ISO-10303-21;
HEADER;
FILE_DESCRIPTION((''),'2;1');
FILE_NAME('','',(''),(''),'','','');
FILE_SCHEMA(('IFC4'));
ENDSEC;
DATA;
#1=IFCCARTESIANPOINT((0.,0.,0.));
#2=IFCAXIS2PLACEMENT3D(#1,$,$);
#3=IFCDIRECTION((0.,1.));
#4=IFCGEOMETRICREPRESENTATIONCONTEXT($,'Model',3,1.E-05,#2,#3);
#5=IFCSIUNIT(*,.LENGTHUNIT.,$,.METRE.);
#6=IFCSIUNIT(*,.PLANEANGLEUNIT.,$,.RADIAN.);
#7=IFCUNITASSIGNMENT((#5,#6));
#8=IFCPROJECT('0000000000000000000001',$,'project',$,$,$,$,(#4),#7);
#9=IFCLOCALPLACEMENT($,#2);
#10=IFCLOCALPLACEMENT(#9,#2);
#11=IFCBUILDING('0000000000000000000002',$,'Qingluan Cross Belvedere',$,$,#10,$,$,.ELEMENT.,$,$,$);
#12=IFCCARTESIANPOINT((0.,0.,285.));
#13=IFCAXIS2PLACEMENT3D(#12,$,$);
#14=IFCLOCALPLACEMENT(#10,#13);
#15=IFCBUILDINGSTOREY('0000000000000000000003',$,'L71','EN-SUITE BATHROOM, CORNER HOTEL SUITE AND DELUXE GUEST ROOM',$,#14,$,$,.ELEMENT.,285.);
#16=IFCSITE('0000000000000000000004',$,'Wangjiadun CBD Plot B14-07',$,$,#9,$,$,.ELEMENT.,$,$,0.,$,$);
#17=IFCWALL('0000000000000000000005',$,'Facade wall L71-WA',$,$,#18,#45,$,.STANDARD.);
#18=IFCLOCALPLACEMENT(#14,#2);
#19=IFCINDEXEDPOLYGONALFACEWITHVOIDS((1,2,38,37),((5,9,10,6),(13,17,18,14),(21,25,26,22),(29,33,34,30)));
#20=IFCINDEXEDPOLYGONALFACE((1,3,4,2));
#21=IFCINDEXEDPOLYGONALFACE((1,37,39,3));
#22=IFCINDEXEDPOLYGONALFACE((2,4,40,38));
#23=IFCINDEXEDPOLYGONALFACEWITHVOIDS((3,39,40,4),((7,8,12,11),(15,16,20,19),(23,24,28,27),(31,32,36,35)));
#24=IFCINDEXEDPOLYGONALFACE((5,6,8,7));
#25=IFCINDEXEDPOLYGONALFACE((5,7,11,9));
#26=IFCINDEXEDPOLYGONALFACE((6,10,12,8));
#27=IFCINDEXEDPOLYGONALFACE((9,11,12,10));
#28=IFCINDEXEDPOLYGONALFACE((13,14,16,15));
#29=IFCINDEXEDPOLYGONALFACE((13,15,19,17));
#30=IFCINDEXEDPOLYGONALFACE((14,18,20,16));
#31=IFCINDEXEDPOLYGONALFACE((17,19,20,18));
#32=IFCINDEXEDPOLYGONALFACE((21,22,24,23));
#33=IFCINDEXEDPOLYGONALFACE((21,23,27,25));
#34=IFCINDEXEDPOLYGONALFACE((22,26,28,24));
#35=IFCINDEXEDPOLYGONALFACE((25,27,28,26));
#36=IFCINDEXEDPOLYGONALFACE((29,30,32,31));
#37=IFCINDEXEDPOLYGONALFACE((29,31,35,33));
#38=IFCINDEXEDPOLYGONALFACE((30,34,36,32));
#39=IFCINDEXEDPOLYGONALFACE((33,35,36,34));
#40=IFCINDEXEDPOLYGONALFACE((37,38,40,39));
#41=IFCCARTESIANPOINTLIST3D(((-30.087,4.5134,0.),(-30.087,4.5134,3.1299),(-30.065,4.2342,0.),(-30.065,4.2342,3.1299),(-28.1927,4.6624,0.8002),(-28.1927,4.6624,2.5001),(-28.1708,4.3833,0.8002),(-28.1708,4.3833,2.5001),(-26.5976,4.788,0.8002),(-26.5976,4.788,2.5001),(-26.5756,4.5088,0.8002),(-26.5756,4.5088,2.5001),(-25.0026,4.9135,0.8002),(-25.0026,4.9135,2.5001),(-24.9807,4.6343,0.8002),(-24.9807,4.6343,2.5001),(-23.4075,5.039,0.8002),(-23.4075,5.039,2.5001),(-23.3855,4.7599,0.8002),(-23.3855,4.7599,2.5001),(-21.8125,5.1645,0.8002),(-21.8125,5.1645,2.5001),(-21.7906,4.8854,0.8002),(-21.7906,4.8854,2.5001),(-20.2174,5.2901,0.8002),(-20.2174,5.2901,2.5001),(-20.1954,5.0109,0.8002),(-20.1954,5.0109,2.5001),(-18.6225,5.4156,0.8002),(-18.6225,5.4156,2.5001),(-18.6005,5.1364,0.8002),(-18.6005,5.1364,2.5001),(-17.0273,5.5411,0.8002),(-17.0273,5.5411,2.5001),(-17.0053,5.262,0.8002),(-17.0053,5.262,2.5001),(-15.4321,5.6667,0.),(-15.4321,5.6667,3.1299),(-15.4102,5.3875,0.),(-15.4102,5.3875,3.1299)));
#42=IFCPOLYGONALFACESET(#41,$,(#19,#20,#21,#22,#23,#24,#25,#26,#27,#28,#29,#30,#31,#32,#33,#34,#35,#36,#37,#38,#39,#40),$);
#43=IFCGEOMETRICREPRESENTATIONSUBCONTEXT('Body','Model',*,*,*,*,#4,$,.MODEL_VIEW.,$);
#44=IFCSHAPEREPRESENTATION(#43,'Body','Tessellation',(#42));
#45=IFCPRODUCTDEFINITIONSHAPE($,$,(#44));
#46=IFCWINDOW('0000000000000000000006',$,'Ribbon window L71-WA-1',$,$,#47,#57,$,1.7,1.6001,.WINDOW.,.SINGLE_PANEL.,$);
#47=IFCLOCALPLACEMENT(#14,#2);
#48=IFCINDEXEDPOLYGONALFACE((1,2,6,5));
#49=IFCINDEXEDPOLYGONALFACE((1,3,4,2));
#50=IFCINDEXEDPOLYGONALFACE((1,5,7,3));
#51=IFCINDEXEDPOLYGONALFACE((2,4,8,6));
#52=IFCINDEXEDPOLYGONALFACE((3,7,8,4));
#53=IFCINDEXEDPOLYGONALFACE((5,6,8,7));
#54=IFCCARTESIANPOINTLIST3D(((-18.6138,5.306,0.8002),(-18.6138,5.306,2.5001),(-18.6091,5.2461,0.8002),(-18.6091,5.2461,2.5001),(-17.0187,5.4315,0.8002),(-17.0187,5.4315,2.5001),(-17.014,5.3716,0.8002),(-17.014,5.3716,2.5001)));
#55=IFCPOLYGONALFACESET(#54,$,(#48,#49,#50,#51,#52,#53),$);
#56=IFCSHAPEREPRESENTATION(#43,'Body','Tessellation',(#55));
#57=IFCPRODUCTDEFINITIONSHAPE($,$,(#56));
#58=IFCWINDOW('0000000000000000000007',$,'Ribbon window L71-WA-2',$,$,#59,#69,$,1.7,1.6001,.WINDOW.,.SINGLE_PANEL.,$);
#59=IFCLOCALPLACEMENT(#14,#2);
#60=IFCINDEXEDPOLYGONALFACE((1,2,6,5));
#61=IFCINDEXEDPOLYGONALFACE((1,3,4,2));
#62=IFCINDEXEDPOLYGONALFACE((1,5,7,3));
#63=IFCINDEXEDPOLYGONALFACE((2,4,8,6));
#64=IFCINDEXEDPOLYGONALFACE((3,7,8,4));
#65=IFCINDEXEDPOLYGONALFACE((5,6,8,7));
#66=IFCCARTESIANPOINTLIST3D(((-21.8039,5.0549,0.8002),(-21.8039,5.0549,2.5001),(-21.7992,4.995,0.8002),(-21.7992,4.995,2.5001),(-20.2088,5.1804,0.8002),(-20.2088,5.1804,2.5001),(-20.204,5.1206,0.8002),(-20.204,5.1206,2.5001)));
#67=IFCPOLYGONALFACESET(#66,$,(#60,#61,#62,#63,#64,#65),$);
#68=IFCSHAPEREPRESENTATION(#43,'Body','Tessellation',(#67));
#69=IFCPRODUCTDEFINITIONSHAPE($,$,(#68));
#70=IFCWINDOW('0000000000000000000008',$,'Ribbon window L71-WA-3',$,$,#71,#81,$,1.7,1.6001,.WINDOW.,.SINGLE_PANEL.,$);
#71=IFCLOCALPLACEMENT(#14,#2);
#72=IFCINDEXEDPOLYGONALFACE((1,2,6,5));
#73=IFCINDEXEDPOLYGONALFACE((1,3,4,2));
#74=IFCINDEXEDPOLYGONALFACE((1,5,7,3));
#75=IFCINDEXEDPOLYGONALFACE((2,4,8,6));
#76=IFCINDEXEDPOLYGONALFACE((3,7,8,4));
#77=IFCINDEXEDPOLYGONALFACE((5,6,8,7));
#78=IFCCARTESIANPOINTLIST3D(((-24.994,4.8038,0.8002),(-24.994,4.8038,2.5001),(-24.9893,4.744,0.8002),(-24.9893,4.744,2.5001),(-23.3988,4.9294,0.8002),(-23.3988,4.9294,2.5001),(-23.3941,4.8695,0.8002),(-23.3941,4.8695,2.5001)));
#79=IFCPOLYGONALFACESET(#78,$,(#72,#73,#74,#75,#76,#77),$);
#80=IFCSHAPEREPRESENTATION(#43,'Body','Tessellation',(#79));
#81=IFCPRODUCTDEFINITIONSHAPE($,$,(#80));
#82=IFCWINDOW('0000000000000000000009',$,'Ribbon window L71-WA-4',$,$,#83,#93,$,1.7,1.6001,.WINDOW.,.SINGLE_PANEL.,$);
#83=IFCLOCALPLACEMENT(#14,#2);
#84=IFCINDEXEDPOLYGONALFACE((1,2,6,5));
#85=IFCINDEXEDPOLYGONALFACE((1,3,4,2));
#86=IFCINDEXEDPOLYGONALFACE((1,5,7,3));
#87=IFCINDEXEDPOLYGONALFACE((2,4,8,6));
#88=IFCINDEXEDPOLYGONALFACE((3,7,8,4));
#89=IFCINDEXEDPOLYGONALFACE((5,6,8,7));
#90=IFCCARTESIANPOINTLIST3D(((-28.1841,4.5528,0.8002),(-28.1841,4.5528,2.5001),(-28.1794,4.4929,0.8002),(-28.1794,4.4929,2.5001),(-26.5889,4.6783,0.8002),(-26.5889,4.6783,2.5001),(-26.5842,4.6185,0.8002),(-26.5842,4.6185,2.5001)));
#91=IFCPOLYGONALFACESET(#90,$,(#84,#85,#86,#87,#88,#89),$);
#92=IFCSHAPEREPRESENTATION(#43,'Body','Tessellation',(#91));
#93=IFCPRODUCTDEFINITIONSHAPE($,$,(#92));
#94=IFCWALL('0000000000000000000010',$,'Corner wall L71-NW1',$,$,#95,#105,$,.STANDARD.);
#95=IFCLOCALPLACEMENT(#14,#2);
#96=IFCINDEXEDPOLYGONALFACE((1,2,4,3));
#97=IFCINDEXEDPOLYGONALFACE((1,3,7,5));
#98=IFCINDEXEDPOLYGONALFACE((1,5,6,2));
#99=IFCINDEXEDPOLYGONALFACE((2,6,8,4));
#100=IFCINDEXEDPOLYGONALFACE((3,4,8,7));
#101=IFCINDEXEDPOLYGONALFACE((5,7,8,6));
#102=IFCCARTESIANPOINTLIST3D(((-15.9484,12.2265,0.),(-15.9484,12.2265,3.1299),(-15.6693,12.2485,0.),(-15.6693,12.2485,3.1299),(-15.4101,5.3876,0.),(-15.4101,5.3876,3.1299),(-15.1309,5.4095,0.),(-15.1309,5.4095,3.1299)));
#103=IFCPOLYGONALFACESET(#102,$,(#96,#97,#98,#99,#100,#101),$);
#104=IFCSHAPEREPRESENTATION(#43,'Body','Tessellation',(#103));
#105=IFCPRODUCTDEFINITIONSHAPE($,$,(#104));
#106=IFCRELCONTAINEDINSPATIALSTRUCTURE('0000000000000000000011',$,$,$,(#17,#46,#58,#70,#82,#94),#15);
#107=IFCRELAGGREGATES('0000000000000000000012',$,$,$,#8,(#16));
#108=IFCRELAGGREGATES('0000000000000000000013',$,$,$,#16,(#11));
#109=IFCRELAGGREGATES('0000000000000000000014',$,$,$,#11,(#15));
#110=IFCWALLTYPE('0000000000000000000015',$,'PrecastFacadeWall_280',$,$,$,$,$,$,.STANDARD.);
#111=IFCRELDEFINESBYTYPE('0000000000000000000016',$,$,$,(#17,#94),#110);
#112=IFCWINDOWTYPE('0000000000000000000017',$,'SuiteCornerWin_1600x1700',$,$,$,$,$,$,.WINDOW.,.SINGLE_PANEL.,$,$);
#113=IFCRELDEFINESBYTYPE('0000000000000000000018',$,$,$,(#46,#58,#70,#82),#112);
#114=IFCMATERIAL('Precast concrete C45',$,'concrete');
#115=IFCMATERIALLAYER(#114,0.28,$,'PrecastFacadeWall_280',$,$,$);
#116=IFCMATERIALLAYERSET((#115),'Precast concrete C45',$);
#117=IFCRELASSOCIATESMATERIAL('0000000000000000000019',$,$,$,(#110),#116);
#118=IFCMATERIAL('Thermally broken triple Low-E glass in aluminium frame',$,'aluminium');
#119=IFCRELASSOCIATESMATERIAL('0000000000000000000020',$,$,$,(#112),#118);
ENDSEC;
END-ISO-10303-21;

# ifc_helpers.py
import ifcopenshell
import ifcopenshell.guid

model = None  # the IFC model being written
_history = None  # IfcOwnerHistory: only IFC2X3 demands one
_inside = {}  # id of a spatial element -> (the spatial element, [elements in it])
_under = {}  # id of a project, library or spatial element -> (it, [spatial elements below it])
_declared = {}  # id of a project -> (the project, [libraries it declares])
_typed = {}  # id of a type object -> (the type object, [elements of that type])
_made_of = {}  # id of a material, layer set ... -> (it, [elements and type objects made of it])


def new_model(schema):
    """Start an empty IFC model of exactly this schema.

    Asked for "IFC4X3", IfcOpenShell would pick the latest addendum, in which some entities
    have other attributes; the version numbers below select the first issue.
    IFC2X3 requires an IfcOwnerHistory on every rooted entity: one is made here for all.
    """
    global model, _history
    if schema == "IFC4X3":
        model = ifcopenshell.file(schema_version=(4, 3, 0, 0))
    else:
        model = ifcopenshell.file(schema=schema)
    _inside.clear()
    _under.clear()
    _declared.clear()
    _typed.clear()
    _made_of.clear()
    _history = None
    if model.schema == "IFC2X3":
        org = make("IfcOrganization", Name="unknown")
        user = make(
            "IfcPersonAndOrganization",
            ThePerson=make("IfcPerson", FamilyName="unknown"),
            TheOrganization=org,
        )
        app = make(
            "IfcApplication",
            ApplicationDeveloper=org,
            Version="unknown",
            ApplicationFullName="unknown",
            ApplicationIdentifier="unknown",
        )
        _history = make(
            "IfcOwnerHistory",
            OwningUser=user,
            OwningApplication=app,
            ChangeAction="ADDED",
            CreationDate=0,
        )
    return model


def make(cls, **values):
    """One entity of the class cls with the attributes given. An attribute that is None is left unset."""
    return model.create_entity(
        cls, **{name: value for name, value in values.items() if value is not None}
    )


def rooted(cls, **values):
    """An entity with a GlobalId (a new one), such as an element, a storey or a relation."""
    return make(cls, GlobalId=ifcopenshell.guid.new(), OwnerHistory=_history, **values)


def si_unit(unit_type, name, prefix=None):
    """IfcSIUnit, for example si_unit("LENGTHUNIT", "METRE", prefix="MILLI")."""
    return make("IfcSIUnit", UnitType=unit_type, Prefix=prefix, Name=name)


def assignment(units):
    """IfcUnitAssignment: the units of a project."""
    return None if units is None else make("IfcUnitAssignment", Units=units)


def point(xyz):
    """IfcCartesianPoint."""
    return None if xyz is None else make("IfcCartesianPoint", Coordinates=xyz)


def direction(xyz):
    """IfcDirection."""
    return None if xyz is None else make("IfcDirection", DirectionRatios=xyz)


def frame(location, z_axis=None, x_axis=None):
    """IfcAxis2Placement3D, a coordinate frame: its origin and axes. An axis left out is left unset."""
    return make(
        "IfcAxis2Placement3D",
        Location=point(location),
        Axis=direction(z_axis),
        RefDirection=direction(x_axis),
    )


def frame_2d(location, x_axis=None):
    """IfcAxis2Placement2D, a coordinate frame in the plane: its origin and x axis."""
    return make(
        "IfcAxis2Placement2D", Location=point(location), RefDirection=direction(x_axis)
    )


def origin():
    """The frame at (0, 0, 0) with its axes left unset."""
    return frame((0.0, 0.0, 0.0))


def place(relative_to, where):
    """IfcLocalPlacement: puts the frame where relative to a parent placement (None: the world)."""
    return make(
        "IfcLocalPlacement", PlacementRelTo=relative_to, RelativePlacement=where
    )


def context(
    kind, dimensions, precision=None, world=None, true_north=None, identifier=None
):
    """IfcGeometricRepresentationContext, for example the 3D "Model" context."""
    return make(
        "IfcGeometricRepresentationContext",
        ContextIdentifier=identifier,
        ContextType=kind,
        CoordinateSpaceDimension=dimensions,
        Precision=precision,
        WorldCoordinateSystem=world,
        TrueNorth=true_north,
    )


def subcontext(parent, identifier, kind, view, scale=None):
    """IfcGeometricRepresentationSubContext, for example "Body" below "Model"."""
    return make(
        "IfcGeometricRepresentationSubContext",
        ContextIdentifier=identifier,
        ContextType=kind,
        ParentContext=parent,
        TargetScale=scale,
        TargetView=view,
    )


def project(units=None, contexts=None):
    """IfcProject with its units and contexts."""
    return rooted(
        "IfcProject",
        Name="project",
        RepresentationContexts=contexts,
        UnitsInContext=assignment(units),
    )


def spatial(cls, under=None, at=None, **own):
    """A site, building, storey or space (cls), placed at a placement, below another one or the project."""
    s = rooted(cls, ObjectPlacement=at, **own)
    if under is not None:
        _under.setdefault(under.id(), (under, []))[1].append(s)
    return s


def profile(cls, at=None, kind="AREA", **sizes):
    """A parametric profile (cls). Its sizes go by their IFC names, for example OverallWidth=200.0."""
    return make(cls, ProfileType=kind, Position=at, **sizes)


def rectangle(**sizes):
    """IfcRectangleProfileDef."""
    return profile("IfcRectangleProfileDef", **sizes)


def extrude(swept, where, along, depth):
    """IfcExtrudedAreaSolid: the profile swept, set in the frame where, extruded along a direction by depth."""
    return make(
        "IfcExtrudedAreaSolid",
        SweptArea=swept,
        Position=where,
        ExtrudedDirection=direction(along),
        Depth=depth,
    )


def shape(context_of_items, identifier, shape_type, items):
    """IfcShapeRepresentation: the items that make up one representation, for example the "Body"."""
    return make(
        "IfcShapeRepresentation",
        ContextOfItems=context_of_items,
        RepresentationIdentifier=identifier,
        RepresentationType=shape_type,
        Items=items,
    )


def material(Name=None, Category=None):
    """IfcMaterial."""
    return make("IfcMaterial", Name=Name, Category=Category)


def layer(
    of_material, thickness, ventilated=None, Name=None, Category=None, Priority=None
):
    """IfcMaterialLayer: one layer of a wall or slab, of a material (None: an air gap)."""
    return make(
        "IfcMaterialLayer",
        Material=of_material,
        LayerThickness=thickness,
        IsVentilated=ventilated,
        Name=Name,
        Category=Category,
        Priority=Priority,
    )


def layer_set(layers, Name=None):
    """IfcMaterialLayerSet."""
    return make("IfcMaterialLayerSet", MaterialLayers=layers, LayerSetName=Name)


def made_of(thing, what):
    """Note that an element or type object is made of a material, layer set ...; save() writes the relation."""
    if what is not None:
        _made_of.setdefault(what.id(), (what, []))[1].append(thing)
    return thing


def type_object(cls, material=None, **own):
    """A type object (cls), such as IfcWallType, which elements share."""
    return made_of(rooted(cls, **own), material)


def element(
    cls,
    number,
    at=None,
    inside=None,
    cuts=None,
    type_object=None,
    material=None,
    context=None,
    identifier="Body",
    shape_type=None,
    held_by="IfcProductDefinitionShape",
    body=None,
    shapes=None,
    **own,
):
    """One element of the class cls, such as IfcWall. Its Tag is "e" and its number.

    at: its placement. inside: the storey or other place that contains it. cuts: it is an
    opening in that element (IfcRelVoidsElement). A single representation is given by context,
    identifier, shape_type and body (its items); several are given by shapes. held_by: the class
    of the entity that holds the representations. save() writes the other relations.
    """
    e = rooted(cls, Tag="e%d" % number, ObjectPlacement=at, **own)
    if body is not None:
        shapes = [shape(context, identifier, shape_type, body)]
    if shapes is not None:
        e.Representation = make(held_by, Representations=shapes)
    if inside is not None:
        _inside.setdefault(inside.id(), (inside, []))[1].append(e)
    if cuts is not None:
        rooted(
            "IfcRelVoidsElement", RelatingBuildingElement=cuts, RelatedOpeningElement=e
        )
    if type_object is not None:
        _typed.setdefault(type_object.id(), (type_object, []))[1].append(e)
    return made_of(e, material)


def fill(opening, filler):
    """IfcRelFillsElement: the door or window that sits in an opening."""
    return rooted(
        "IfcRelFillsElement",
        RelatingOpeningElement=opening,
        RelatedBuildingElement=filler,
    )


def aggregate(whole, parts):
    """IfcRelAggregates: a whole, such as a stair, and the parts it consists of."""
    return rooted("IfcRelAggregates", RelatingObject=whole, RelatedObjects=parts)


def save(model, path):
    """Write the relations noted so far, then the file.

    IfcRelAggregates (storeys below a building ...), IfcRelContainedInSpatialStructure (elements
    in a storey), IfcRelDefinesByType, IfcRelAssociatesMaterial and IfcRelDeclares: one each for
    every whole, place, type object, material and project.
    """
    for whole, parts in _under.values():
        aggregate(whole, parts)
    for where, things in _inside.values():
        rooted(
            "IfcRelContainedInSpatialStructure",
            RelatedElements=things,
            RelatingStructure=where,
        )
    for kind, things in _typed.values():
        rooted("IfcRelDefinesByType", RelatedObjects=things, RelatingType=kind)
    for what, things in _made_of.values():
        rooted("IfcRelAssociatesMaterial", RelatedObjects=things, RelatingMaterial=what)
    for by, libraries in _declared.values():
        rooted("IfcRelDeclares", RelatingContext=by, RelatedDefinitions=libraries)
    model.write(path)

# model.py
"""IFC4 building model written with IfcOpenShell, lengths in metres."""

from ifc_helpers import new_model, si_unit, direction, frame, frame_2d, origin, place, context, subcontext, project, spatial, rectangle, extrude, material, layer, layer_set, type_object, element, fill, save


model = new_model("IFC4")

# Units and contexts
model_context = context("Model", 3, precision=1e-05, world=origin(), true_north=direction((0.0, 1.0)))
body_context = subcontext(model_context, "Body", "Model", "MODEL_VIEW")
ifc_project = project(units=[si_unit("LENGTHUNIT", "METRE"), si_unit("PLANEANGLEUNIT", "RADIAN")], contexts=[model_context])

# Site, building, storey
site_placement = place(None, origin())
site = spatial("IfcSite", under=ifc_project, at=site_placement, Name="Wangjiadun CBD Plot B14-07", CompositionType="ELEMENT", RefElevation=0.0)
building_placement = place(site_placement, origin())
building = spatial("IfcBuilding", under=site, at=building_placement, Name="Qingluan Cross Belvedere", CompositionType="ELEMENT")
storey_placement = place(building_placement, frame((0.0, 0.0, 285.0)))
storey = spatial("IfcBuildingStorey", under=building, at=storey_placement, Name="L71", Description="EN-SUITE BATHROOM, CORNER HOTEL SUITE AND DELUXE GUEST ROOM", CompositionType="ELEMENT", Elevation=285.0)

# Wall, openings, windows
ifc_material_1 = material(Name="Precast concrete C45", Category="concrete")
ifc_layer_1 = layer(ifc_material_1, 0.28, Name="PrecastFacadeWall_280")
ifc_layer_set_1 = layer_set([ifc_layer_1], Name="Precast concrete C45")
wall_type_1 = type_object("IfcWallType", Name="PrecastFacadeWall_280", PredefinedType="STANDARD", material=ifc_layer_set_1)
wall_1_placement = place(storey_placement, frame((-15.4211, 5.5271, 0.0), z_axis=(0.0, 0.0, 1.0), x_axis=(-0.996918, -0.078457, 0.0)))
wall_1 = element("IfcWall", 1, at=wall_1_placement, inside=storey, type_object=wall_type_1, Name="Facade wall L71-WA", PredefinedType="STANDARD", context=body_context, shape_type="SweptSolid", body=[
    extrude(rectangle(XDim=14.7002, YDim=0.28, at=frame_2d((7.3501, 0.0))), origin(), (0.0, 0.0, 1.0), 3.1299),
])
opening_1_placement = place(wall_1_placement, frame((1.6001, 0.0, 0.8)))
opening_1 = element("IfcOpeningElement", 2, at=opening_1_placement, cuts=wall_1, PredefinedType="OPENING", context=body_context, shape_type="SweptSolid", body=[
    extrude(rectangle(XDim=1.6001, YDim=1.7, at=frame_2d((0.8, 0.8501))), frame((0.0, 0.1499, 0.0), z_axis=(0.0, -1.0, 0.0), x_axis=(1.0, 0.0, 0.0)), (0.0, 0.0, 1.0), 0.3),
])
opening_2_placement = place(wall_1_placement, frame((4.8, 0.0, 0.8)))
opening_2 = element("IfcOpeningElement", 3, at=opening_2_placement, cuts=wall_1, PredefinedType="OPENING", context=body_context, shape_type="SweptSolid", body=[
    extrude(rectangle(XDim=1.6001, YDim=1.7, at=frame_2d((0.8, 0.8501))), frame((0.0, 0.1499, 0.0), z_axis=(0.0, -1.0, 0.0), x_axis=(1.0, 0.0, 0.0)), (0.0, 0.0, 1.0), 0.3),
])
opening_3_placement = place(wall_1_placement, frame((8.0, 0.0, 0.8)))
opening_3 = element("IfcOpeningElement", 4, at=opening_3_placement, cuts=wall_1, PredefinedType="OPENING", context=body_context, shape_type="SweptSolid", body=[
    extrude(rectangle(XDim=1.6001, YDim=1.7, at=frame_2d((0.8, 0.8501))), frame((0.0, 0.1499, 0.0), z_axis=(0.0, -1.0, 0.0), x_axis=(1.0, 0.0, 0.0)), (0.0, 0.0, 1.0), 0.3),
])
opening_4_placement = place(wall_1_placement, frame((11.2, 0.0, 0.8)))
opening_4 = element("IfcOpeningElement", 5, at=opening_4_placement, cuts=wall_1, PredefinedType="OPENING", context=body_context, shape_type="SweptSolid", body=[
    extrude(rectangle(XDim=1.6001, YDim=1.7, at=frame_2d((0.8, 0.8501))), frame((0.0, 0.1499, 0.0), z_axis=(0.0, -1.0, 0.0), x_axis=(1.0, 0.0, 0.0)), (0.0, 0.0, 1.0), 0.3),
])
ifc_material_2 = material(Name="Thermally broken triple Low-E glass in aluminium frame", Category="aluminium")
window_type = type_object("IfcWindowType", Name="SuiteCornerWin_1600x1700", PartitioningType="SINGLE_PANEL", PredefinedType="WINDOW", material=ifc_material_2)
window_1_placement = place(opening_1_placement, origin())
window_1 = element("IfcWindow", 6, at=window_1_placement, inside=storey, type_object=window_type, Name="Ribbon window L71-WA-1", OverallHeight=1.7, OverallWidth=1.6001, PartitioningType="SINGLE_PANEL", PredefinedType="WINDOW", context=body_context, shape_type="SweptSolid", body=[
    extrude(rectangle(XDim=1.6001, YDim=1.7, at=frame_2d((0.8, 0.8501))), frame((0.0, 0.03, 0.0), z_axis=(0.0, -1.0, 0.0), x_axis=(1.0, 0.0, 0.0)), (0.0, 0.0, 1.0), 0.0601),
])
fill(opening_1, window_1)
window_2_placement = place(opening_2_placement, origin())
window_2 = element("IfcWindow", 7, at=window_2_placement, inside=storey, type_object=window_type, Name="Ribbon window L71-WA-2", OverallHeight=1.7, OverallWidth=1.6001, PartitioningType="SINGLE_PANEL", PredefinedType="WINDOW", context=body_context, shape_type="SweptSolid", body=[
    extrude(rectangle(XDim=1.6001, YDim=1.7, at=frame_2d((0.8, 0.8501))), frame((0.0, 0.03, 0.0), z_axis=(0.0, -1.0, 0.0), x_axis=(1.0, 0.0, 0.0)), (0.0, 0.0, 1.0), 0.0601),
])
fill(opening_2, window_2)
window_3_placement = place(opening_3_placement, origin())
window_3 = element("IfcWindow", 8, at=window_3_placement, inside=storey, type_object=window_type, Name="Ribbon window L71-WA-3", OverallHeight=1.7, OverallWidth=1.6001, PartitioningType="SINGLE_PANEL", PredefinedType="WINDOW", context=body_context, shape_type="SweptSolid", body=[
    extrude(rectangle(XDim=1.6001, YDim=1.7, at=frame_2d((0.8, 0.8501))), frame((0.0, 0.03, 0.0), z_axis=(0.0, -1.0, 0.0), x_axis=(1.0, 0.0, 0.0)), (0.0, 0.0, 1.0), 0.0601),
])
fill(opening_3, window_3)
window_4_placement = place(opening_4_placement, origin())
window_4 = element("IfcWindow", 9, at=window_4_placement, inside=storey, type_object=window_type, Name="Ribbon window L71-WA-4", OverallHeight=1.7, OverallWidth=1.6001, PartitioningType="SINGLE_PANEL", PredefinedType="WINDOW", context=body_context, shape_type="SweptSolid", body=[
    extrude(rectangle(XDim=1.6001, YDim=1.7, at=frame_2d((0.8, 0.8501))), frame((0.0, 0.03, 0.0), z_axis=(0.0, -1.0, 0.0), x_axis=(1.0, 0.0, 0.0)), (0.0, 0.0, 1.0), 0.0601),
])
fill(opening_4, window_4)

# Wall
wall_2_placement = place(storey_placement, frame((-15.2705, 5.3984, 0.0), z_axis=(0.0, 0.0, 1.0), x_axis=(-0.078474, 0.996916, 0.0)))
element("IfcWall", 10, at=wall_2_placement, inside=storey, type_object=wall_type_1, Name="Corner wall L71-NW1", PredefinedType="STANDARD", context=body_context, shape_type="SweptSolid", body=[
    extrude(rectangle(XDim=6.8601, YDim=0.28, at=frame_2d((3.4302, 0.0))), origin(), (0.0, 0.0, 1.0), 3.1299),
])

save(model, "model.ifc")
